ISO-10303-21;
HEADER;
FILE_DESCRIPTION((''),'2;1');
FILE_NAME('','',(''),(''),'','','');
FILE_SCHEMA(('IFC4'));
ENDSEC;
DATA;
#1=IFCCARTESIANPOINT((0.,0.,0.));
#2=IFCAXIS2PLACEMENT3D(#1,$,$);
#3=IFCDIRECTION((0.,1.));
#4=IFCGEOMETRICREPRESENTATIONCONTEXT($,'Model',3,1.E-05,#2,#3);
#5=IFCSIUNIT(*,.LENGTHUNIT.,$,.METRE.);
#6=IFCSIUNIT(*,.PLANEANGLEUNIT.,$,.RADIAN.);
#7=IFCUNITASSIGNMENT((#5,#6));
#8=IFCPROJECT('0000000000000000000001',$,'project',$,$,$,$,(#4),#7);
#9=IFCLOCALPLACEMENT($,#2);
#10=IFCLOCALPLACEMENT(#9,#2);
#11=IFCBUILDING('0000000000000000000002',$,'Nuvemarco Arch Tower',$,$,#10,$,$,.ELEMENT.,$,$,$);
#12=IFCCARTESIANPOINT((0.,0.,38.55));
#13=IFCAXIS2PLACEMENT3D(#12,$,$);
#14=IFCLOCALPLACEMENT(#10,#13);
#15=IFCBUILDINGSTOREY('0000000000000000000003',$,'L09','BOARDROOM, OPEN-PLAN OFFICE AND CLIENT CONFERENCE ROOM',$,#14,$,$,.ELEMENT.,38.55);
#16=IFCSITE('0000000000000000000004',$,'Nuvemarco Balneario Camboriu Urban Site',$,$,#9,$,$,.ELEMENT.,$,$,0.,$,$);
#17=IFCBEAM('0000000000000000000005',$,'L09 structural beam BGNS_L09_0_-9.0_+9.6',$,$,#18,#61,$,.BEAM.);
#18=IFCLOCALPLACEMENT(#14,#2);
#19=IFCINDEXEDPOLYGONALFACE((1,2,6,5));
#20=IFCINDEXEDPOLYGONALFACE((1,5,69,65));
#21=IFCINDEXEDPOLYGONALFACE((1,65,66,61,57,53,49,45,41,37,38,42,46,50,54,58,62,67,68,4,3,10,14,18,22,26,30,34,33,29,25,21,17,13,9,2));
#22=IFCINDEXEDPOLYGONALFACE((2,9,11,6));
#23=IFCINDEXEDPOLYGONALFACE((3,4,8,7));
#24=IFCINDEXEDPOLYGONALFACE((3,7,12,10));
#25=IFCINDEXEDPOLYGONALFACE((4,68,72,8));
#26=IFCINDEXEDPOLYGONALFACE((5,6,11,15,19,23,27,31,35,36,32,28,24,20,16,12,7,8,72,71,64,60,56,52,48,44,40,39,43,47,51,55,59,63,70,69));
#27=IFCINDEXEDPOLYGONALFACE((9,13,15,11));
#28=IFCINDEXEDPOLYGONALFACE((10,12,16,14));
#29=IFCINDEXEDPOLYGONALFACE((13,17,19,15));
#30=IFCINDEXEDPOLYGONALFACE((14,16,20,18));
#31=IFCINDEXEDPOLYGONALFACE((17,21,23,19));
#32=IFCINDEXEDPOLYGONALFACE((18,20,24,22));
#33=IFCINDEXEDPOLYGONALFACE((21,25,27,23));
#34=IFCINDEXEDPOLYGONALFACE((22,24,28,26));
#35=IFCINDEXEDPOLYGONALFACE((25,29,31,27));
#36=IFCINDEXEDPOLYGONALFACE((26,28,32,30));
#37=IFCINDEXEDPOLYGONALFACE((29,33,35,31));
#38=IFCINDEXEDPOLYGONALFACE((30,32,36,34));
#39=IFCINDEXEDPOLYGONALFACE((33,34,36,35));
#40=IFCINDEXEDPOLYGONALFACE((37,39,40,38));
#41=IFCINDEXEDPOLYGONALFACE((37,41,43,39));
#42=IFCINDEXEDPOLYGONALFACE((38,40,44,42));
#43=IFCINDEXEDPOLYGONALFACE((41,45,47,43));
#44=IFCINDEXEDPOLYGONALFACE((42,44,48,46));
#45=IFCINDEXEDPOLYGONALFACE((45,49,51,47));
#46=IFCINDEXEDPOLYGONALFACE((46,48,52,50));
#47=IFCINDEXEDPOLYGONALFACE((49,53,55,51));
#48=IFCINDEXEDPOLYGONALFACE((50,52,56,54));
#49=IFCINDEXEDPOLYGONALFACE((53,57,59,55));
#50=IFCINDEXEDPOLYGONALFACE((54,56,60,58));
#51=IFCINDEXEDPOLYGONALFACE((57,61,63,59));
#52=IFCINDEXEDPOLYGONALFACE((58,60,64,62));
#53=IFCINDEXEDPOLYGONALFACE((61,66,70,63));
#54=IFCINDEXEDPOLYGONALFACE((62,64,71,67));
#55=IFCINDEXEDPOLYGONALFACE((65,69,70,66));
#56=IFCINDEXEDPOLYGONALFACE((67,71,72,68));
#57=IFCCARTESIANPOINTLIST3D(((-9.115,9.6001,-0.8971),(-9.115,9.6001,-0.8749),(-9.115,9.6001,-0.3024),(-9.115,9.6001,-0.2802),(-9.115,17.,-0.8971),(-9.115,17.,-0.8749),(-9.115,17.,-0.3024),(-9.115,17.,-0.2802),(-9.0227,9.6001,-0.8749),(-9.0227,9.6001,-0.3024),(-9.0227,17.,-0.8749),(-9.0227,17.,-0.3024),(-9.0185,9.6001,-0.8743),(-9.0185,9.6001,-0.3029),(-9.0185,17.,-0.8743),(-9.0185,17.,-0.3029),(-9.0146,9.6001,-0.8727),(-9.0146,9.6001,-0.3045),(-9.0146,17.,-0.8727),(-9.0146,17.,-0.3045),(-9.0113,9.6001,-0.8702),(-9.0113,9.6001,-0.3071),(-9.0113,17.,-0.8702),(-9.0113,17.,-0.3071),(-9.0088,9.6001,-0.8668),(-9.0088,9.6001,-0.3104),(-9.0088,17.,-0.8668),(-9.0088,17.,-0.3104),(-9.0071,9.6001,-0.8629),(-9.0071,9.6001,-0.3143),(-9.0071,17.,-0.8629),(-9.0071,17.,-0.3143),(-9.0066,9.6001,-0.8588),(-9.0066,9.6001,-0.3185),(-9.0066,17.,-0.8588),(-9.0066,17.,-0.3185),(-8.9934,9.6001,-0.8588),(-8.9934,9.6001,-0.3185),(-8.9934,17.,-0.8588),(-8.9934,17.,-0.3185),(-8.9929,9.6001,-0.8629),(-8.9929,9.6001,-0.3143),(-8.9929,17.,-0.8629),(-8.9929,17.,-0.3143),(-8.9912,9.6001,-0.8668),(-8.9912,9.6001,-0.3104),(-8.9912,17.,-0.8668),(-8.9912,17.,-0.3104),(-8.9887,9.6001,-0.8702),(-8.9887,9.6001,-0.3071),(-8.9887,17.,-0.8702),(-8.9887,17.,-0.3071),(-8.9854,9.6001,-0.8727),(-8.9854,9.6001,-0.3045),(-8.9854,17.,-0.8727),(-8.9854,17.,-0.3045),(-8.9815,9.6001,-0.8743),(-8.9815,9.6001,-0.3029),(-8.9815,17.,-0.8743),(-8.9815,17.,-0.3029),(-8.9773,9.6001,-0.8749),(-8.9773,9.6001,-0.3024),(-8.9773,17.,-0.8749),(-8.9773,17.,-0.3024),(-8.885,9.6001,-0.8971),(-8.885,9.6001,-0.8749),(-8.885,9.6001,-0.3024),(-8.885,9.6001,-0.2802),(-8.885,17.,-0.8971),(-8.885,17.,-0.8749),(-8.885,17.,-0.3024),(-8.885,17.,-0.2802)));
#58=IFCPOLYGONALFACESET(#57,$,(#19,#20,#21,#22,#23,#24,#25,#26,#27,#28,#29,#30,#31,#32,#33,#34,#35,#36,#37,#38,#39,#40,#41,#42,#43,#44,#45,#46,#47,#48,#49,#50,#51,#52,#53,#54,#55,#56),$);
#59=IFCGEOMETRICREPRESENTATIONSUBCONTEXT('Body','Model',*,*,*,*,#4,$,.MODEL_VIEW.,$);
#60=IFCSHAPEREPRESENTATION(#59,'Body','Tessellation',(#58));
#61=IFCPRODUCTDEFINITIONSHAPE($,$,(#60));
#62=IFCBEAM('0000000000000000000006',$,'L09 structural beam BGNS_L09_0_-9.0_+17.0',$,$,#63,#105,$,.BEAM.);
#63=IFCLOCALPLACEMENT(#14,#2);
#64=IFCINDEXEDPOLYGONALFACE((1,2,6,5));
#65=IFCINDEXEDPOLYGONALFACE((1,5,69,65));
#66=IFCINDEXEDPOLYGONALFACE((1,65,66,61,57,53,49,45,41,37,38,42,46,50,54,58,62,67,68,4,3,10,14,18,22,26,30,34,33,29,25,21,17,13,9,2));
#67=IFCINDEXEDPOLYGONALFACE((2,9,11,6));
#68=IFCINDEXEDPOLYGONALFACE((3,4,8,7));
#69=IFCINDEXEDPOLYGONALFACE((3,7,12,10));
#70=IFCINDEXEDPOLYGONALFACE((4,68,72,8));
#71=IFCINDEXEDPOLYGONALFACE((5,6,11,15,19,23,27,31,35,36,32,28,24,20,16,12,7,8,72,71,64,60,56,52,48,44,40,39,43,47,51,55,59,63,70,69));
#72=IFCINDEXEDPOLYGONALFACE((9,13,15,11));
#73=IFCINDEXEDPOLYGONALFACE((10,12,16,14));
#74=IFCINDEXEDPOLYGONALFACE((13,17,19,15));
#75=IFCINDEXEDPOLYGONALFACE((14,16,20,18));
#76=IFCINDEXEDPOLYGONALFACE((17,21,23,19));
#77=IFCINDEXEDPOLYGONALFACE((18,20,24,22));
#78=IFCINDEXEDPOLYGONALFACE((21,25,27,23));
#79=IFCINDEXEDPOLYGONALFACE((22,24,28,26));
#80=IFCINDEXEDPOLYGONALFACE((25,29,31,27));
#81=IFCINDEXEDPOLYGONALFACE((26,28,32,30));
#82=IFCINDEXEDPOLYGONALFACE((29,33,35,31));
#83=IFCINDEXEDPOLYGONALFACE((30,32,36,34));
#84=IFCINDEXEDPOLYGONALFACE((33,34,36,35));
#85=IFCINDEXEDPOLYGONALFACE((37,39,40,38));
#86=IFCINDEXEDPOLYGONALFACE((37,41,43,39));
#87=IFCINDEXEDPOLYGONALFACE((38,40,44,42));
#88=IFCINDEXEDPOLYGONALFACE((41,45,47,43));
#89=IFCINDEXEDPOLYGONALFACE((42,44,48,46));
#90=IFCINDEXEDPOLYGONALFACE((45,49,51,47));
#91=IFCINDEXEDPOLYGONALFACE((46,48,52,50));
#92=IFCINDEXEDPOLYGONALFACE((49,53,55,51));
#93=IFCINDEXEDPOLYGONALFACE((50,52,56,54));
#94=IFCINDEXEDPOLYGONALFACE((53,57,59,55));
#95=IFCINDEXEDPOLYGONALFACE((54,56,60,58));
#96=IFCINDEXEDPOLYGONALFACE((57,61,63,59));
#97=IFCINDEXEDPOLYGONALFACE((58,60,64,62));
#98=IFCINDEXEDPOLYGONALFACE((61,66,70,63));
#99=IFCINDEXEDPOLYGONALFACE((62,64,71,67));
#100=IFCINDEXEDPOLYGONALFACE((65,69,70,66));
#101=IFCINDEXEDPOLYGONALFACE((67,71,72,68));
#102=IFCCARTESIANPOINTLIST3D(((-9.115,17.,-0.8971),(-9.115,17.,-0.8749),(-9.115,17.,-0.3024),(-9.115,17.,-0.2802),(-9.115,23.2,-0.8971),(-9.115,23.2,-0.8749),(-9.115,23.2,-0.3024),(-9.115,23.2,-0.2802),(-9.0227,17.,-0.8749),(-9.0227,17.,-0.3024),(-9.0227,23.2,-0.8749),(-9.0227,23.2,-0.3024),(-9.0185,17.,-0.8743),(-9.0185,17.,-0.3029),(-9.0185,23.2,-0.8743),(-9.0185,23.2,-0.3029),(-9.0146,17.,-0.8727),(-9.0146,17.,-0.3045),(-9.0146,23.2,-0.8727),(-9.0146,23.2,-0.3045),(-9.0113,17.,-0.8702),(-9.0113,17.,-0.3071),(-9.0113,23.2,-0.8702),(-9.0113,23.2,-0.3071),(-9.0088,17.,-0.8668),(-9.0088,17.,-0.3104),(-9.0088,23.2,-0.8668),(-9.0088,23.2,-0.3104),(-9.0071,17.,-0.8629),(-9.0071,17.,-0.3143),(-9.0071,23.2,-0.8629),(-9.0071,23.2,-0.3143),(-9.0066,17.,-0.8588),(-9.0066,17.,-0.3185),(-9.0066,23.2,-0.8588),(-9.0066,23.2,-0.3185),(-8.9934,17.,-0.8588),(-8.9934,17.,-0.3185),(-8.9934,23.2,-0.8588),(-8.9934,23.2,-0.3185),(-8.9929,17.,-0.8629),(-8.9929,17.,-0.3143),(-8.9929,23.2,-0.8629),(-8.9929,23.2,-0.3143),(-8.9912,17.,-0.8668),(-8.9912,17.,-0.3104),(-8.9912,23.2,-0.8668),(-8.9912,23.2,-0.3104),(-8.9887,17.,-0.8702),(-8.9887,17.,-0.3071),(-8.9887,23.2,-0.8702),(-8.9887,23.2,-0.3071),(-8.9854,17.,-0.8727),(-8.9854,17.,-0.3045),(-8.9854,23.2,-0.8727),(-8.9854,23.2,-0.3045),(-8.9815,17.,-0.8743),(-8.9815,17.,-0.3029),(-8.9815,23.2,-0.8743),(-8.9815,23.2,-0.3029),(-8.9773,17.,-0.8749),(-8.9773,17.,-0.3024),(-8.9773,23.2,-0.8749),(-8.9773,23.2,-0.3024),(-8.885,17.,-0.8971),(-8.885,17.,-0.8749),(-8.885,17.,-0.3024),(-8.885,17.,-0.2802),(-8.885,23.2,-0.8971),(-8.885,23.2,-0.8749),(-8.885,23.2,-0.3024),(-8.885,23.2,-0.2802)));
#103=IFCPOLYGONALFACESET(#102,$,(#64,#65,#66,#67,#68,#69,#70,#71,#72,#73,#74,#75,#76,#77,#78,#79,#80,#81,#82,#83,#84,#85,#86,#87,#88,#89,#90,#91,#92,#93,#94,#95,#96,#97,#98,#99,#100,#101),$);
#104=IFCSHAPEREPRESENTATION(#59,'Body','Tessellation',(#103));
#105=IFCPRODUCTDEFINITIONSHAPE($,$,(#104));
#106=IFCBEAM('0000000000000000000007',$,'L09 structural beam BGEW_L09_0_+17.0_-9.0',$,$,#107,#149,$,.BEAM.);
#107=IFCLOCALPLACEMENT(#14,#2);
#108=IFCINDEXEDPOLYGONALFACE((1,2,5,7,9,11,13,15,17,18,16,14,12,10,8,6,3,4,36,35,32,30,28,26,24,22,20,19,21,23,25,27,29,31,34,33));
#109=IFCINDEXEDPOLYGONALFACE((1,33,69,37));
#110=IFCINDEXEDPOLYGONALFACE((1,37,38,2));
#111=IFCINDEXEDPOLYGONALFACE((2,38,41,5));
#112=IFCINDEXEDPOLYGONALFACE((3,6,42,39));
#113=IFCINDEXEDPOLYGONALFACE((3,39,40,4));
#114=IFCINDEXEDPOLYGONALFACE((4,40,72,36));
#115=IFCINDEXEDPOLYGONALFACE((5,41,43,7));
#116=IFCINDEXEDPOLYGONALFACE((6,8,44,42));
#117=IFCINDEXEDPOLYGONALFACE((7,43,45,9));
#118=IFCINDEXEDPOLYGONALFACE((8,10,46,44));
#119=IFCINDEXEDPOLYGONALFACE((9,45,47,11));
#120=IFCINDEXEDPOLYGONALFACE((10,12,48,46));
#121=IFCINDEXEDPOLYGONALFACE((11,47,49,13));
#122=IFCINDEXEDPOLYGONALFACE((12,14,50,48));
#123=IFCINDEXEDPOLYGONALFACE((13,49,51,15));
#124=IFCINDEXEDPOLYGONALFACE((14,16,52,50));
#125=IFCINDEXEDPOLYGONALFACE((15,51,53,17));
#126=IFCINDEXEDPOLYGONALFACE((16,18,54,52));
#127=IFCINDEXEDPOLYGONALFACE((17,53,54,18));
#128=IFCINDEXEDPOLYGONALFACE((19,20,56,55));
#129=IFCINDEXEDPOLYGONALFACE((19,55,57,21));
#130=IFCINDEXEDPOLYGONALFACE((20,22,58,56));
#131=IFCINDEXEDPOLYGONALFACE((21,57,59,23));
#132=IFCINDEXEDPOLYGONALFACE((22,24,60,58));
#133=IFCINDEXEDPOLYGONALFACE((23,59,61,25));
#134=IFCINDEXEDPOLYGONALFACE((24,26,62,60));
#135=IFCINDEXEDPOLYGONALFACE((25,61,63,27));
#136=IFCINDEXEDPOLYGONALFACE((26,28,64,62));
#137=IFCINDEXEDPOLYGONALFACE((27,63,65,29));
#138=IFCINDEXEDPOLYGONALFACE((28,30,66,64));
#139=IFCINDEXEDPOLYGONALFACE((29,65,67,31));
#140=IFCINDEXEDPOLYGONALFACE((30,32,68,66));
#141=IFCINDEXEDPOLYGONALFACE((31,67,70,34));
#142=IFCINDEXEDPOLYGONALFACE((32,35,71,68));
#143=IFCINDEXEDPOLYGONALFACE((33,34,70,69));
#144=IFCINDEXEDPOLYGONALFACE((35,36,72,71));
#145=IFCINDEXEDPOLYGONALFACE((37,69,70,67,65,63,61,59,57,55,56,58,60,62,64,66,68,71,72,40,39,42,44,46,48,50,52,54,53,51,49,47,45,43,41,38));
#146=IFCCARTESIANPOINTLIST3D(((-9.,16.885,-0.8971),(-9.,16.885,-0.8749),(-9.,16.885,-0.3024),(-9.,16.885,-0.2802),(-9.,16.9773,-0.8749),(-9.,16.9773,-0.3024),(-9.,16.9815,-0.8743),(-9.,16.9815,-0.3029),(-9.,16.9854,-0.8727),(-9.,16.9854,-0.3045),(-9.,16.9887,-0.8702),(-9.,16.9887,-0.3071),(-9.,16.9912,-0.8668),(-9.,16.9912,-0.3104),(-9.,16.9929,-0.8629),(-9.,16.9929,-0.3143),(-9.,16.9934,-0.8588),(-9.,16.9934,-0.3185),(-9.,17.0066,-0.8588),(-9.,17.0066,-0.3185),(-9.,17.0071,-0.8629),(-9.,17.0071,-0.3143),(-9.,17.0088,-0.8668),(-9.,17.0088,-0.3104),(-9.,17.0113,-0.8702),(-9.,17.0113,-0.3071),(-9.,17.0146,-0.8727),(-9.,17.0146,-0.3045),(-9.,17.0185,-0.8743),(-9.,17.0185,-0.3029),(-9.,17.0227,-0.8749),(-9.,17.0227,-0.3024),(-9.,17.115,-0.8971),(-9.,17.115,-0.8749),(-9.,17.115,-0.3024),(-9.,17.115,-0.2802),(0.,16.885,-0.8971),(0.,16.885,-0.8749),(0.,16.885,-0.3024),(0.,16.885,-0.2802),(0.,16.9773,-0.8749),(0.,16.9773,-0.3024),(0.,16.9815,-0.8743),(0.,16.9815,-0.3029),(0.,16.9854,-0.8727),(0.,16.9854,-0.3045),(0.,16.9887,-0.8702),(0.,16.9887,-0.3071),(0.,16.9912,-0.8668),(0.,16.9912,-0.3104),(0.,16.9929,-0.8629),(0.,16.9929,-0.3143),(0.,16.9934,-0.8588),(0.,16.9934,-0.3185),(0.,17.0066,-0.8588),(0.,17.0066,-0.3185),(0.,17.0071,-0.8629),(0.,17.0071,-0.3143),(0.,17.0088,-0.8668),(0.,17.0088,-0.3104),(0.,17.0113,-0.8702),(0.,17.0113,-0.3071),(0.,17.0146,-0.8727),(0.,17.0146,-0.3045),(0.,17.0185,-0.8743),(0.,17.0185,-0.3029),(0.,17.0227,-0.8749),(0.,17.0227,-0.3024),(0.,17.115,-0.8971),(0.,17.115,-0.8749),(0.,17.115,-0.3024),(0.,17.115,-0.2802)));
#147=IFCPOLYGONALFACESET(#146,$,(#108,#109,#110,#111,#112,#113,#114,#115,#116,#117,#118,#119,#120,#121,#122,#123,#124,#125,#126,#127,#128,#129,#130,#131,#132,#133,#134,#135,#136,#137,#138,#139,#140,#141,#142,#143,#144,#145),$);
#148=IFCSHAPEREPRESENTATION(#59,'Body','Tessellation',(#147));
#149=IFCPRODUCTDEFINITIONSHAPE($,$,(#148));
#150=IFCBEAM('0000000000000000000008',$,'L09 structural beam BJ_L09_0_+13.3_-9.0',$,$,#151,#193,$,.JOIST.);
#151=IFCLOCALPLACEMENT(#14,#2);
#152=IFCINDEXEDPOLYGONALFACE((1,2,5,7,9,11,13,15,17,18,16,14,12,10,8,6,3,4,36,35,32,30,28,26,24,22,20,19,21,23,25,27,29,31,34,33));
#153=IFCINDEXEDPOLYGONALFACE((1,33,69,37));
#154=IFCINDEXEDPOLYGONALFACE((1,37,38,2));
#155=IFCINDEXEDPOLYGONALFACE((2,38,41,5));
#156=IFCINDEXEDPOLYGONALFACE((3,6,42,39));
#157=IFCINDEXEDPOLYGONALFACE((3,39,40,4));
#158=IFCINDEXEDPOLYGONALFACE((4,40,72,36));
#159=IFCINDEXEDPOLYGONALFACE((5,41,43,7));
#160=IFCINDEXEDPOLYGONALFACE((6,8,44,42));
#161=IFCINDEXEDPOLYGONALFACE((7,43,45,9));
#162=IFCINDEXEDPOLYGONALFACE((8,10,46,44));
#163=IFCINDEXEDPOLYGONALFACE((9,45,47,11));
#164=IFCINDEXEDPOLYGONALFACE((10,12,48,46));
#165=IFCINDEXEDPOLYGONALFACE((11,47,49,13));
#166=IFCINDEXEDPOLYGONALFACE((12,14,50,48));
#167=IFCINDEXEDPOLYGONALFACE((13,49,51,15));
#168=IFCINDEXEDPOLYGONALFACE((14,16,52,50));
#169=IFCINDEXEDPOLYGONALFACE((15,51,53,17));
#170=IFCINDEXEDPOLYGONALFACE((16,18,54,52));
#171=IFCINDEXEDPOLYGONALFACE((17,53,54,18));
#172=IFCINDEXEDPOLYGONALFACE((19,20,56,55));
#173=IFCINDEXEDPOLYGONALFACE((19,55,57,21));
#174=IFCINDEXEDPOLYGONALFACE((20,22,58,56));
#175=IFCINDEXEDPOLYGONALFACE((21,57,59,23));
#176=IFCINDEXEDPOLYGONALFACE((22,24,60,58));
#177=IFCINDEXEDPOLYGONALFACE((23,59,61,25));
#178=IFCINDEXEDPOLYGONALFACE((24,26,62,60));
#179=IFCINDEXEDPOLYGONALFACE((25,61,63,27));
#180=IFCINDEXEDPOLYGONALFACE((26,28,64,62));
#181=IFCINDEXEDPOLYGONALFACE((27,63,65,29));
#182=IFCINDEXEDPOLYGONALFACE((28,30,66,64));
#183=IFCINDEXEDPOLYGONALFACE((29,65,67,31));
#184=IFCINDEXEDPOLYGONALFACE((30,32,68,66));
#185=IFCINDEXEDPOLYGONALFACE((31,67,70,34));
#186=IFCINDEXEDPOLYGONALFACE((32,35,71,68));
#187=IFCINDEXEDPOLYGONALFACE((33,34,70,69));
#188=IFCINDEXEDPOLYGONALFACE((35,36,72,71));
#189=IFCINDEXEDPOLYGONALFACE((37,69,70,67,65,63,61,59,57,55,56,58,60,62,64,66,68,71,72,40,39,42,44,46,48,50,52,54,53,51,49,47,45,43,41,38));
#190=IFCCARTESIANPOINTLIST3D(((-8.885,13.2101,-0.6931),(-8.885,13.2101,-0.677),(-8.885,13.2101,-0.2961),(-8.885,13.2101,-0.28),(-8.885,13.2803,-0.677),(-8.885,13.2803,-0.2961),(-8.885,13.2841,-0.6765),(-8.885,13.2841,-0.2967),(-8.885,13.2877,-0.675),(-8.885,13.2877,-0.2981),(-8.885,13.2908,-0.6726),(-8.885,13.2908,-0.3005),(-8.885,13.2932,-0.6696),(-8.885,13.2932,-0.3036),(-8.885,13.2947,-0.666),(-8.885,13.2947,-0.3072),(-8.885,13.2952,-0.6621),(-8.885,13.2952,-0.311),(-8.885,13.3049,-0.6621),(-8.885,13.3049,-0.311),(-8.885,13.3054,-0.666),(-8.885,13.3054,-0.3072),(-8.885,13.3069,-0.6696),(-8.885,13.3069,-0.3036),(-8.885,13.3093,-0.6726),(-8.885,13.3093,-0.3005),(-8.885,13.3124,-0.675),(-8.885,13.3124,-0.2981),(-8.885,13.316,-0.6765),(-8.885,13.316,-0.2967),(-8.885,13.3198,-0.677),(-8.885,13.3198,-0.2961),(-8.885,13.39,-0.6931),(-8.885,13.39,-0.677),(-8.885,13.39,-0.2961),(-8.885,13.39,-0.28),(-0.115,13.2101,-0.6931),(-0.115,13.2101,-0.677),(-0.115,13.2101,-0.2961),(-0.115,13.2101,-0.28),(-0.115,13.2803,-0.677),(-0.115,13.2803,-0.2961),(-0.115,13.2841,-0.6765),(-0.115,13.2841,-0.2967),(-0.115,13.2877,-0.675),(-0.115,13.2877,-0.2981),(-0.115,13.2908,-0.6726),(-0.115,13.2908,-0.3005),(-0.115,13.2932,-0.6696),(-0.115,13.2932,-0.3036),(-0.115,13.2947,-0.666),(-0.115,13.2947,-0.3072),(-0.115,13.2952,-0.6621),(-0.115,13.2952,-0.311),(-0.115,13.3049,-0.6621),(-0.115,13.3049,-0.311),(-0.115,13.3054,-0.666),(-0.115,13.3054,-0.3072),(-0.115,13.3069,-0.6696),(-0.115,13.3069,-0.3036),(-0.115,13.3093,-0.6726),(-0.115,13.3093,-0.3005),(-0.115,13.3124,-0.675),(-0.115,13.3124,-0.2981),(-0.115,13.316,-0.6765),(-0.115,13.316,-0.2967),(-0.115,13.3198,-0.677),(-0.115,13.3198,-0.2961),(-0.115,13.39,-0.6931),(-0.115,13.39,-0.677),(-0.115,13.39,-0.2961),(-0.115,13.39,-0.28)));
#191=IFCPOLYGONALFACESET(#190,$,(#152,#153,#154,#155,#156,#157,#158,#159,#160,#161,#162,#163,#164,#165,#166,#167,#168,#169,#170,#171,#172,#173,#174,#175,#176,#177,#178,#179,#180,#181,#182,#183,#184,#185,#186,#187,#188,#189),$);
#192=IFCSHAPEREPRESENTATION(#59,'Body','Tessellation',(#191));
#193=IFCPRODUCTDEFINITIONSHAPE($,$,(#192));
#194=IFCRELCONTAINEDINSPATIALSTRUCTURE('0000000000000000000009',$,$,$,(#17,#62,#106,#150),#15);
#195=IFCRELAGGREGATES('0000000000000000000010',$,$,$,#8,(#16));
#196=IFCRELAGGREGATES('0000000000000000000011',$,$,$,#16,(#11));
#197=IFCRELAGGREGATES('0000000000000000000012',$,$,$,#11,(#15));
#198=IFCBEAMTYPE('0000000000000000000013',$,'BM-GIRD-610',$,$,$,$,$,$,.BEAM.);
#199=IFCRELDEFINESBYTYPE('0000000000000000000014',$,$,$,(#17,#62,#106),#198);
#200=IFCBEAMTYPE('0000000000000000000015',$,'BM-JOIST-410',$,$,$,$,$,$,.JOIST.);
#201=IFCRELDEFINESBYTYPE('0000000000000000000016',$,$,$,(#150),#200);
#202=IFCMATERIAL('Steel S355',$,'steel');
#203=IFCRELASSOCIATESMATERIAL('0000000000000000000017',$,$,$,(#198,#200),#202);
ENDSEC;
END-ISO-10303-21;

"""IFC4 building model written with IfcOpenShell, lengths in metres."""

from ifc_helpers import new_model, si_unit, direction, frame, origin, origin_2d, place, context, subcontext, project, spatial, i_section, extrude, material, material_profile, profile_set, type_object, element, save


model = new_model("IFC4")

# Units and contexts
model_context = context("Model", 3, precision=1e-05, world=origin(), true_north=direction((0.0, 1.0)))
body_context = subcontext(model_context, "Body", "Model", "MODEL_VIEW")
ifc_project = project(units=[si_unit("LENGTHUNIT", "METRE"), si_unit("PLANEANGLEUNIT", "RADIAN")], contexts=[model_context])

# Site, building, storey
site_placement = place(None, origin())
site = spatial("IfcSite", under=ifc_project, at=site_placement, Name="Nuvemarco Balneario Camboriu Urban Site", CompositionType="ELEMENT", RefElevation=0.0)
building_placement = place(site_placement, origin())
building = spatial("IfcBuilding", under=site, at=building_placement, Name="Nuvemarco Arch Tower", CompositionType="ELEMENT")
storey_placement = place(building_placement, frame((0.0, 0.0, 38.55)))
storey = spatial("IfcBuildingStorey", under=building, at=storey_placement, Name="L09", Description="BOARDROOM, OPEN-PLAN OFFICE AND CLIENT CONFERENCE ROOM", CompositionType="ELEMENT", Elevation=38.55)

# Shared definitions
ifc_material_1 = material(Name="Steel S355", Category="steel")

# Beams
ifc_material_profile_1 = material_profile(ifc_material_1, i_section(OverallWidth=0.23, OverallDepth=0.6169, WebThickness=0.0132, FlangeThickness=0.0222, FilletRadius=0.0161, at=origin_2d()), Name="W610x140")
ifc_profile_set_1 = profile_set([ifc_material_profile_1], Name="Steel S355")
beam_type_1 = type_object("IfcBeamType", Name="BM-GIRD-610", PredefinedType="BEAM", material=ifc_profile_set_1)
beam_1_placement = place(storey_placement, frame((-9.0, 9.6001, -0.5886), z_axis=(0.0, 1.0, 0.0), x_axis=(-1.0, 0.0, 0.0)))
element("IfcBeam", 1, at=beam_1_placement, inside=storey, type_object=beam_type_1, Name="L09 structural beam BGNS_L09_0_-9.0_+9.6", PredefinedType="BEAM", context=body_context, shape_type="SweptSolid", body=[
    extrude(i_section(OverallWidth=0.23, OverallDepth=0.6169, WebThickness=0.0132, FlangeThickness=0.0222, FilletRadius=0.0161, at=origin_2d()), origin(), (0.0, 0.0, 1.0), 7.3999),
])
beam_2_placement = place(storey_placement, frame((-9.0, 17.0, -0.5886), z_axis=(0.0, 1.0, 0.0), x_axis=(-1.0, 0.0, 0.0)))
element("IfcBeam", 2, at=beam_2_placement, inside=storey, type_object=beam_type_1, Name="L09 structural beam BGNS_L09_0_-9.0_+17.0", PredefinedType="BEAM", context=body_context, shape_type="SweptSolid", body=[
    extrude(i_section(OverallWidth=0.23, OverallDepth=0.6169, WebThickness=0.0132, FlangeThickness=0.0222, FilletRadius=0.0161, at=origin_2d()), origin(), (0.0, 0.0, 1.0), 6.2),
])
beam_3_placement = place(storey_placement, frame((-9.0, 17.0, -0.5886), z_axis=(1.0, 0.0, 0.0), x_axis=(0.0, 1.0, 0.0)))
element("IfcBeam", 3, at=beam_3_placement, inside=storey, type_object=beam_type_1, Name="L09 structural beam BGEW_L09_0_+17.0_-9.0", PredefinedType="BEAM", context=body_context, shape_type="SweptSolid", body=[
    extrude(i_section(OverallWidth=0.23, OverallDepth=0.6169, WebThickness=0.0132, FlangeThickness=0.0222, FilletRadius=0.0161, at=origin_2d()), origin(), (0.0, 0.0, 1.0), 9.0),
])
ifc_material_profile_2 = material_profile(ifc_material_1, i_section(OverallWidth=0.1799, OverallDepth=0.4131, WebThickness=0.0098, FlangeThickness=0.0161, FilletRadius=0.0149, at=origin_2d()), Name="W410x75")
ifc_profile_set_2 = profile_set([ifc_material_profile_2], Name="Steel S355")
beam_type_2 = type_object("IfcBeamType", Name="BM-JOIST-410", PredefinedType="JOIST", material=ifc_profile_set_2)
beam_4_placement = place(storey_placement, frame((-8.885, 13.3, -0.4866), z_axis=(1.0, 0.0, 0.0), x_axis=(0.0, 1.0, 0.0)))
element("IfcBeam", 4, at=beam_4_placement, inside=storey, type_object=beam_type_2, Name="L09 structural beam BJ_L09_0_+13.3_-9.0", PredefinedType="JOIST", context=body_context, shape_type="SweptSolid", body=[
    extrude(i_section(OverallWidth=0.1799, OverallDepth=0.4131, WebThickness=0.0098, FlangeThickness=0.0161, FilletRadius=0.0149, at=origin_2d()), origin(), (0.0, 0.0, 1.0), 8.77),
])

save(model, "model.ifc")
